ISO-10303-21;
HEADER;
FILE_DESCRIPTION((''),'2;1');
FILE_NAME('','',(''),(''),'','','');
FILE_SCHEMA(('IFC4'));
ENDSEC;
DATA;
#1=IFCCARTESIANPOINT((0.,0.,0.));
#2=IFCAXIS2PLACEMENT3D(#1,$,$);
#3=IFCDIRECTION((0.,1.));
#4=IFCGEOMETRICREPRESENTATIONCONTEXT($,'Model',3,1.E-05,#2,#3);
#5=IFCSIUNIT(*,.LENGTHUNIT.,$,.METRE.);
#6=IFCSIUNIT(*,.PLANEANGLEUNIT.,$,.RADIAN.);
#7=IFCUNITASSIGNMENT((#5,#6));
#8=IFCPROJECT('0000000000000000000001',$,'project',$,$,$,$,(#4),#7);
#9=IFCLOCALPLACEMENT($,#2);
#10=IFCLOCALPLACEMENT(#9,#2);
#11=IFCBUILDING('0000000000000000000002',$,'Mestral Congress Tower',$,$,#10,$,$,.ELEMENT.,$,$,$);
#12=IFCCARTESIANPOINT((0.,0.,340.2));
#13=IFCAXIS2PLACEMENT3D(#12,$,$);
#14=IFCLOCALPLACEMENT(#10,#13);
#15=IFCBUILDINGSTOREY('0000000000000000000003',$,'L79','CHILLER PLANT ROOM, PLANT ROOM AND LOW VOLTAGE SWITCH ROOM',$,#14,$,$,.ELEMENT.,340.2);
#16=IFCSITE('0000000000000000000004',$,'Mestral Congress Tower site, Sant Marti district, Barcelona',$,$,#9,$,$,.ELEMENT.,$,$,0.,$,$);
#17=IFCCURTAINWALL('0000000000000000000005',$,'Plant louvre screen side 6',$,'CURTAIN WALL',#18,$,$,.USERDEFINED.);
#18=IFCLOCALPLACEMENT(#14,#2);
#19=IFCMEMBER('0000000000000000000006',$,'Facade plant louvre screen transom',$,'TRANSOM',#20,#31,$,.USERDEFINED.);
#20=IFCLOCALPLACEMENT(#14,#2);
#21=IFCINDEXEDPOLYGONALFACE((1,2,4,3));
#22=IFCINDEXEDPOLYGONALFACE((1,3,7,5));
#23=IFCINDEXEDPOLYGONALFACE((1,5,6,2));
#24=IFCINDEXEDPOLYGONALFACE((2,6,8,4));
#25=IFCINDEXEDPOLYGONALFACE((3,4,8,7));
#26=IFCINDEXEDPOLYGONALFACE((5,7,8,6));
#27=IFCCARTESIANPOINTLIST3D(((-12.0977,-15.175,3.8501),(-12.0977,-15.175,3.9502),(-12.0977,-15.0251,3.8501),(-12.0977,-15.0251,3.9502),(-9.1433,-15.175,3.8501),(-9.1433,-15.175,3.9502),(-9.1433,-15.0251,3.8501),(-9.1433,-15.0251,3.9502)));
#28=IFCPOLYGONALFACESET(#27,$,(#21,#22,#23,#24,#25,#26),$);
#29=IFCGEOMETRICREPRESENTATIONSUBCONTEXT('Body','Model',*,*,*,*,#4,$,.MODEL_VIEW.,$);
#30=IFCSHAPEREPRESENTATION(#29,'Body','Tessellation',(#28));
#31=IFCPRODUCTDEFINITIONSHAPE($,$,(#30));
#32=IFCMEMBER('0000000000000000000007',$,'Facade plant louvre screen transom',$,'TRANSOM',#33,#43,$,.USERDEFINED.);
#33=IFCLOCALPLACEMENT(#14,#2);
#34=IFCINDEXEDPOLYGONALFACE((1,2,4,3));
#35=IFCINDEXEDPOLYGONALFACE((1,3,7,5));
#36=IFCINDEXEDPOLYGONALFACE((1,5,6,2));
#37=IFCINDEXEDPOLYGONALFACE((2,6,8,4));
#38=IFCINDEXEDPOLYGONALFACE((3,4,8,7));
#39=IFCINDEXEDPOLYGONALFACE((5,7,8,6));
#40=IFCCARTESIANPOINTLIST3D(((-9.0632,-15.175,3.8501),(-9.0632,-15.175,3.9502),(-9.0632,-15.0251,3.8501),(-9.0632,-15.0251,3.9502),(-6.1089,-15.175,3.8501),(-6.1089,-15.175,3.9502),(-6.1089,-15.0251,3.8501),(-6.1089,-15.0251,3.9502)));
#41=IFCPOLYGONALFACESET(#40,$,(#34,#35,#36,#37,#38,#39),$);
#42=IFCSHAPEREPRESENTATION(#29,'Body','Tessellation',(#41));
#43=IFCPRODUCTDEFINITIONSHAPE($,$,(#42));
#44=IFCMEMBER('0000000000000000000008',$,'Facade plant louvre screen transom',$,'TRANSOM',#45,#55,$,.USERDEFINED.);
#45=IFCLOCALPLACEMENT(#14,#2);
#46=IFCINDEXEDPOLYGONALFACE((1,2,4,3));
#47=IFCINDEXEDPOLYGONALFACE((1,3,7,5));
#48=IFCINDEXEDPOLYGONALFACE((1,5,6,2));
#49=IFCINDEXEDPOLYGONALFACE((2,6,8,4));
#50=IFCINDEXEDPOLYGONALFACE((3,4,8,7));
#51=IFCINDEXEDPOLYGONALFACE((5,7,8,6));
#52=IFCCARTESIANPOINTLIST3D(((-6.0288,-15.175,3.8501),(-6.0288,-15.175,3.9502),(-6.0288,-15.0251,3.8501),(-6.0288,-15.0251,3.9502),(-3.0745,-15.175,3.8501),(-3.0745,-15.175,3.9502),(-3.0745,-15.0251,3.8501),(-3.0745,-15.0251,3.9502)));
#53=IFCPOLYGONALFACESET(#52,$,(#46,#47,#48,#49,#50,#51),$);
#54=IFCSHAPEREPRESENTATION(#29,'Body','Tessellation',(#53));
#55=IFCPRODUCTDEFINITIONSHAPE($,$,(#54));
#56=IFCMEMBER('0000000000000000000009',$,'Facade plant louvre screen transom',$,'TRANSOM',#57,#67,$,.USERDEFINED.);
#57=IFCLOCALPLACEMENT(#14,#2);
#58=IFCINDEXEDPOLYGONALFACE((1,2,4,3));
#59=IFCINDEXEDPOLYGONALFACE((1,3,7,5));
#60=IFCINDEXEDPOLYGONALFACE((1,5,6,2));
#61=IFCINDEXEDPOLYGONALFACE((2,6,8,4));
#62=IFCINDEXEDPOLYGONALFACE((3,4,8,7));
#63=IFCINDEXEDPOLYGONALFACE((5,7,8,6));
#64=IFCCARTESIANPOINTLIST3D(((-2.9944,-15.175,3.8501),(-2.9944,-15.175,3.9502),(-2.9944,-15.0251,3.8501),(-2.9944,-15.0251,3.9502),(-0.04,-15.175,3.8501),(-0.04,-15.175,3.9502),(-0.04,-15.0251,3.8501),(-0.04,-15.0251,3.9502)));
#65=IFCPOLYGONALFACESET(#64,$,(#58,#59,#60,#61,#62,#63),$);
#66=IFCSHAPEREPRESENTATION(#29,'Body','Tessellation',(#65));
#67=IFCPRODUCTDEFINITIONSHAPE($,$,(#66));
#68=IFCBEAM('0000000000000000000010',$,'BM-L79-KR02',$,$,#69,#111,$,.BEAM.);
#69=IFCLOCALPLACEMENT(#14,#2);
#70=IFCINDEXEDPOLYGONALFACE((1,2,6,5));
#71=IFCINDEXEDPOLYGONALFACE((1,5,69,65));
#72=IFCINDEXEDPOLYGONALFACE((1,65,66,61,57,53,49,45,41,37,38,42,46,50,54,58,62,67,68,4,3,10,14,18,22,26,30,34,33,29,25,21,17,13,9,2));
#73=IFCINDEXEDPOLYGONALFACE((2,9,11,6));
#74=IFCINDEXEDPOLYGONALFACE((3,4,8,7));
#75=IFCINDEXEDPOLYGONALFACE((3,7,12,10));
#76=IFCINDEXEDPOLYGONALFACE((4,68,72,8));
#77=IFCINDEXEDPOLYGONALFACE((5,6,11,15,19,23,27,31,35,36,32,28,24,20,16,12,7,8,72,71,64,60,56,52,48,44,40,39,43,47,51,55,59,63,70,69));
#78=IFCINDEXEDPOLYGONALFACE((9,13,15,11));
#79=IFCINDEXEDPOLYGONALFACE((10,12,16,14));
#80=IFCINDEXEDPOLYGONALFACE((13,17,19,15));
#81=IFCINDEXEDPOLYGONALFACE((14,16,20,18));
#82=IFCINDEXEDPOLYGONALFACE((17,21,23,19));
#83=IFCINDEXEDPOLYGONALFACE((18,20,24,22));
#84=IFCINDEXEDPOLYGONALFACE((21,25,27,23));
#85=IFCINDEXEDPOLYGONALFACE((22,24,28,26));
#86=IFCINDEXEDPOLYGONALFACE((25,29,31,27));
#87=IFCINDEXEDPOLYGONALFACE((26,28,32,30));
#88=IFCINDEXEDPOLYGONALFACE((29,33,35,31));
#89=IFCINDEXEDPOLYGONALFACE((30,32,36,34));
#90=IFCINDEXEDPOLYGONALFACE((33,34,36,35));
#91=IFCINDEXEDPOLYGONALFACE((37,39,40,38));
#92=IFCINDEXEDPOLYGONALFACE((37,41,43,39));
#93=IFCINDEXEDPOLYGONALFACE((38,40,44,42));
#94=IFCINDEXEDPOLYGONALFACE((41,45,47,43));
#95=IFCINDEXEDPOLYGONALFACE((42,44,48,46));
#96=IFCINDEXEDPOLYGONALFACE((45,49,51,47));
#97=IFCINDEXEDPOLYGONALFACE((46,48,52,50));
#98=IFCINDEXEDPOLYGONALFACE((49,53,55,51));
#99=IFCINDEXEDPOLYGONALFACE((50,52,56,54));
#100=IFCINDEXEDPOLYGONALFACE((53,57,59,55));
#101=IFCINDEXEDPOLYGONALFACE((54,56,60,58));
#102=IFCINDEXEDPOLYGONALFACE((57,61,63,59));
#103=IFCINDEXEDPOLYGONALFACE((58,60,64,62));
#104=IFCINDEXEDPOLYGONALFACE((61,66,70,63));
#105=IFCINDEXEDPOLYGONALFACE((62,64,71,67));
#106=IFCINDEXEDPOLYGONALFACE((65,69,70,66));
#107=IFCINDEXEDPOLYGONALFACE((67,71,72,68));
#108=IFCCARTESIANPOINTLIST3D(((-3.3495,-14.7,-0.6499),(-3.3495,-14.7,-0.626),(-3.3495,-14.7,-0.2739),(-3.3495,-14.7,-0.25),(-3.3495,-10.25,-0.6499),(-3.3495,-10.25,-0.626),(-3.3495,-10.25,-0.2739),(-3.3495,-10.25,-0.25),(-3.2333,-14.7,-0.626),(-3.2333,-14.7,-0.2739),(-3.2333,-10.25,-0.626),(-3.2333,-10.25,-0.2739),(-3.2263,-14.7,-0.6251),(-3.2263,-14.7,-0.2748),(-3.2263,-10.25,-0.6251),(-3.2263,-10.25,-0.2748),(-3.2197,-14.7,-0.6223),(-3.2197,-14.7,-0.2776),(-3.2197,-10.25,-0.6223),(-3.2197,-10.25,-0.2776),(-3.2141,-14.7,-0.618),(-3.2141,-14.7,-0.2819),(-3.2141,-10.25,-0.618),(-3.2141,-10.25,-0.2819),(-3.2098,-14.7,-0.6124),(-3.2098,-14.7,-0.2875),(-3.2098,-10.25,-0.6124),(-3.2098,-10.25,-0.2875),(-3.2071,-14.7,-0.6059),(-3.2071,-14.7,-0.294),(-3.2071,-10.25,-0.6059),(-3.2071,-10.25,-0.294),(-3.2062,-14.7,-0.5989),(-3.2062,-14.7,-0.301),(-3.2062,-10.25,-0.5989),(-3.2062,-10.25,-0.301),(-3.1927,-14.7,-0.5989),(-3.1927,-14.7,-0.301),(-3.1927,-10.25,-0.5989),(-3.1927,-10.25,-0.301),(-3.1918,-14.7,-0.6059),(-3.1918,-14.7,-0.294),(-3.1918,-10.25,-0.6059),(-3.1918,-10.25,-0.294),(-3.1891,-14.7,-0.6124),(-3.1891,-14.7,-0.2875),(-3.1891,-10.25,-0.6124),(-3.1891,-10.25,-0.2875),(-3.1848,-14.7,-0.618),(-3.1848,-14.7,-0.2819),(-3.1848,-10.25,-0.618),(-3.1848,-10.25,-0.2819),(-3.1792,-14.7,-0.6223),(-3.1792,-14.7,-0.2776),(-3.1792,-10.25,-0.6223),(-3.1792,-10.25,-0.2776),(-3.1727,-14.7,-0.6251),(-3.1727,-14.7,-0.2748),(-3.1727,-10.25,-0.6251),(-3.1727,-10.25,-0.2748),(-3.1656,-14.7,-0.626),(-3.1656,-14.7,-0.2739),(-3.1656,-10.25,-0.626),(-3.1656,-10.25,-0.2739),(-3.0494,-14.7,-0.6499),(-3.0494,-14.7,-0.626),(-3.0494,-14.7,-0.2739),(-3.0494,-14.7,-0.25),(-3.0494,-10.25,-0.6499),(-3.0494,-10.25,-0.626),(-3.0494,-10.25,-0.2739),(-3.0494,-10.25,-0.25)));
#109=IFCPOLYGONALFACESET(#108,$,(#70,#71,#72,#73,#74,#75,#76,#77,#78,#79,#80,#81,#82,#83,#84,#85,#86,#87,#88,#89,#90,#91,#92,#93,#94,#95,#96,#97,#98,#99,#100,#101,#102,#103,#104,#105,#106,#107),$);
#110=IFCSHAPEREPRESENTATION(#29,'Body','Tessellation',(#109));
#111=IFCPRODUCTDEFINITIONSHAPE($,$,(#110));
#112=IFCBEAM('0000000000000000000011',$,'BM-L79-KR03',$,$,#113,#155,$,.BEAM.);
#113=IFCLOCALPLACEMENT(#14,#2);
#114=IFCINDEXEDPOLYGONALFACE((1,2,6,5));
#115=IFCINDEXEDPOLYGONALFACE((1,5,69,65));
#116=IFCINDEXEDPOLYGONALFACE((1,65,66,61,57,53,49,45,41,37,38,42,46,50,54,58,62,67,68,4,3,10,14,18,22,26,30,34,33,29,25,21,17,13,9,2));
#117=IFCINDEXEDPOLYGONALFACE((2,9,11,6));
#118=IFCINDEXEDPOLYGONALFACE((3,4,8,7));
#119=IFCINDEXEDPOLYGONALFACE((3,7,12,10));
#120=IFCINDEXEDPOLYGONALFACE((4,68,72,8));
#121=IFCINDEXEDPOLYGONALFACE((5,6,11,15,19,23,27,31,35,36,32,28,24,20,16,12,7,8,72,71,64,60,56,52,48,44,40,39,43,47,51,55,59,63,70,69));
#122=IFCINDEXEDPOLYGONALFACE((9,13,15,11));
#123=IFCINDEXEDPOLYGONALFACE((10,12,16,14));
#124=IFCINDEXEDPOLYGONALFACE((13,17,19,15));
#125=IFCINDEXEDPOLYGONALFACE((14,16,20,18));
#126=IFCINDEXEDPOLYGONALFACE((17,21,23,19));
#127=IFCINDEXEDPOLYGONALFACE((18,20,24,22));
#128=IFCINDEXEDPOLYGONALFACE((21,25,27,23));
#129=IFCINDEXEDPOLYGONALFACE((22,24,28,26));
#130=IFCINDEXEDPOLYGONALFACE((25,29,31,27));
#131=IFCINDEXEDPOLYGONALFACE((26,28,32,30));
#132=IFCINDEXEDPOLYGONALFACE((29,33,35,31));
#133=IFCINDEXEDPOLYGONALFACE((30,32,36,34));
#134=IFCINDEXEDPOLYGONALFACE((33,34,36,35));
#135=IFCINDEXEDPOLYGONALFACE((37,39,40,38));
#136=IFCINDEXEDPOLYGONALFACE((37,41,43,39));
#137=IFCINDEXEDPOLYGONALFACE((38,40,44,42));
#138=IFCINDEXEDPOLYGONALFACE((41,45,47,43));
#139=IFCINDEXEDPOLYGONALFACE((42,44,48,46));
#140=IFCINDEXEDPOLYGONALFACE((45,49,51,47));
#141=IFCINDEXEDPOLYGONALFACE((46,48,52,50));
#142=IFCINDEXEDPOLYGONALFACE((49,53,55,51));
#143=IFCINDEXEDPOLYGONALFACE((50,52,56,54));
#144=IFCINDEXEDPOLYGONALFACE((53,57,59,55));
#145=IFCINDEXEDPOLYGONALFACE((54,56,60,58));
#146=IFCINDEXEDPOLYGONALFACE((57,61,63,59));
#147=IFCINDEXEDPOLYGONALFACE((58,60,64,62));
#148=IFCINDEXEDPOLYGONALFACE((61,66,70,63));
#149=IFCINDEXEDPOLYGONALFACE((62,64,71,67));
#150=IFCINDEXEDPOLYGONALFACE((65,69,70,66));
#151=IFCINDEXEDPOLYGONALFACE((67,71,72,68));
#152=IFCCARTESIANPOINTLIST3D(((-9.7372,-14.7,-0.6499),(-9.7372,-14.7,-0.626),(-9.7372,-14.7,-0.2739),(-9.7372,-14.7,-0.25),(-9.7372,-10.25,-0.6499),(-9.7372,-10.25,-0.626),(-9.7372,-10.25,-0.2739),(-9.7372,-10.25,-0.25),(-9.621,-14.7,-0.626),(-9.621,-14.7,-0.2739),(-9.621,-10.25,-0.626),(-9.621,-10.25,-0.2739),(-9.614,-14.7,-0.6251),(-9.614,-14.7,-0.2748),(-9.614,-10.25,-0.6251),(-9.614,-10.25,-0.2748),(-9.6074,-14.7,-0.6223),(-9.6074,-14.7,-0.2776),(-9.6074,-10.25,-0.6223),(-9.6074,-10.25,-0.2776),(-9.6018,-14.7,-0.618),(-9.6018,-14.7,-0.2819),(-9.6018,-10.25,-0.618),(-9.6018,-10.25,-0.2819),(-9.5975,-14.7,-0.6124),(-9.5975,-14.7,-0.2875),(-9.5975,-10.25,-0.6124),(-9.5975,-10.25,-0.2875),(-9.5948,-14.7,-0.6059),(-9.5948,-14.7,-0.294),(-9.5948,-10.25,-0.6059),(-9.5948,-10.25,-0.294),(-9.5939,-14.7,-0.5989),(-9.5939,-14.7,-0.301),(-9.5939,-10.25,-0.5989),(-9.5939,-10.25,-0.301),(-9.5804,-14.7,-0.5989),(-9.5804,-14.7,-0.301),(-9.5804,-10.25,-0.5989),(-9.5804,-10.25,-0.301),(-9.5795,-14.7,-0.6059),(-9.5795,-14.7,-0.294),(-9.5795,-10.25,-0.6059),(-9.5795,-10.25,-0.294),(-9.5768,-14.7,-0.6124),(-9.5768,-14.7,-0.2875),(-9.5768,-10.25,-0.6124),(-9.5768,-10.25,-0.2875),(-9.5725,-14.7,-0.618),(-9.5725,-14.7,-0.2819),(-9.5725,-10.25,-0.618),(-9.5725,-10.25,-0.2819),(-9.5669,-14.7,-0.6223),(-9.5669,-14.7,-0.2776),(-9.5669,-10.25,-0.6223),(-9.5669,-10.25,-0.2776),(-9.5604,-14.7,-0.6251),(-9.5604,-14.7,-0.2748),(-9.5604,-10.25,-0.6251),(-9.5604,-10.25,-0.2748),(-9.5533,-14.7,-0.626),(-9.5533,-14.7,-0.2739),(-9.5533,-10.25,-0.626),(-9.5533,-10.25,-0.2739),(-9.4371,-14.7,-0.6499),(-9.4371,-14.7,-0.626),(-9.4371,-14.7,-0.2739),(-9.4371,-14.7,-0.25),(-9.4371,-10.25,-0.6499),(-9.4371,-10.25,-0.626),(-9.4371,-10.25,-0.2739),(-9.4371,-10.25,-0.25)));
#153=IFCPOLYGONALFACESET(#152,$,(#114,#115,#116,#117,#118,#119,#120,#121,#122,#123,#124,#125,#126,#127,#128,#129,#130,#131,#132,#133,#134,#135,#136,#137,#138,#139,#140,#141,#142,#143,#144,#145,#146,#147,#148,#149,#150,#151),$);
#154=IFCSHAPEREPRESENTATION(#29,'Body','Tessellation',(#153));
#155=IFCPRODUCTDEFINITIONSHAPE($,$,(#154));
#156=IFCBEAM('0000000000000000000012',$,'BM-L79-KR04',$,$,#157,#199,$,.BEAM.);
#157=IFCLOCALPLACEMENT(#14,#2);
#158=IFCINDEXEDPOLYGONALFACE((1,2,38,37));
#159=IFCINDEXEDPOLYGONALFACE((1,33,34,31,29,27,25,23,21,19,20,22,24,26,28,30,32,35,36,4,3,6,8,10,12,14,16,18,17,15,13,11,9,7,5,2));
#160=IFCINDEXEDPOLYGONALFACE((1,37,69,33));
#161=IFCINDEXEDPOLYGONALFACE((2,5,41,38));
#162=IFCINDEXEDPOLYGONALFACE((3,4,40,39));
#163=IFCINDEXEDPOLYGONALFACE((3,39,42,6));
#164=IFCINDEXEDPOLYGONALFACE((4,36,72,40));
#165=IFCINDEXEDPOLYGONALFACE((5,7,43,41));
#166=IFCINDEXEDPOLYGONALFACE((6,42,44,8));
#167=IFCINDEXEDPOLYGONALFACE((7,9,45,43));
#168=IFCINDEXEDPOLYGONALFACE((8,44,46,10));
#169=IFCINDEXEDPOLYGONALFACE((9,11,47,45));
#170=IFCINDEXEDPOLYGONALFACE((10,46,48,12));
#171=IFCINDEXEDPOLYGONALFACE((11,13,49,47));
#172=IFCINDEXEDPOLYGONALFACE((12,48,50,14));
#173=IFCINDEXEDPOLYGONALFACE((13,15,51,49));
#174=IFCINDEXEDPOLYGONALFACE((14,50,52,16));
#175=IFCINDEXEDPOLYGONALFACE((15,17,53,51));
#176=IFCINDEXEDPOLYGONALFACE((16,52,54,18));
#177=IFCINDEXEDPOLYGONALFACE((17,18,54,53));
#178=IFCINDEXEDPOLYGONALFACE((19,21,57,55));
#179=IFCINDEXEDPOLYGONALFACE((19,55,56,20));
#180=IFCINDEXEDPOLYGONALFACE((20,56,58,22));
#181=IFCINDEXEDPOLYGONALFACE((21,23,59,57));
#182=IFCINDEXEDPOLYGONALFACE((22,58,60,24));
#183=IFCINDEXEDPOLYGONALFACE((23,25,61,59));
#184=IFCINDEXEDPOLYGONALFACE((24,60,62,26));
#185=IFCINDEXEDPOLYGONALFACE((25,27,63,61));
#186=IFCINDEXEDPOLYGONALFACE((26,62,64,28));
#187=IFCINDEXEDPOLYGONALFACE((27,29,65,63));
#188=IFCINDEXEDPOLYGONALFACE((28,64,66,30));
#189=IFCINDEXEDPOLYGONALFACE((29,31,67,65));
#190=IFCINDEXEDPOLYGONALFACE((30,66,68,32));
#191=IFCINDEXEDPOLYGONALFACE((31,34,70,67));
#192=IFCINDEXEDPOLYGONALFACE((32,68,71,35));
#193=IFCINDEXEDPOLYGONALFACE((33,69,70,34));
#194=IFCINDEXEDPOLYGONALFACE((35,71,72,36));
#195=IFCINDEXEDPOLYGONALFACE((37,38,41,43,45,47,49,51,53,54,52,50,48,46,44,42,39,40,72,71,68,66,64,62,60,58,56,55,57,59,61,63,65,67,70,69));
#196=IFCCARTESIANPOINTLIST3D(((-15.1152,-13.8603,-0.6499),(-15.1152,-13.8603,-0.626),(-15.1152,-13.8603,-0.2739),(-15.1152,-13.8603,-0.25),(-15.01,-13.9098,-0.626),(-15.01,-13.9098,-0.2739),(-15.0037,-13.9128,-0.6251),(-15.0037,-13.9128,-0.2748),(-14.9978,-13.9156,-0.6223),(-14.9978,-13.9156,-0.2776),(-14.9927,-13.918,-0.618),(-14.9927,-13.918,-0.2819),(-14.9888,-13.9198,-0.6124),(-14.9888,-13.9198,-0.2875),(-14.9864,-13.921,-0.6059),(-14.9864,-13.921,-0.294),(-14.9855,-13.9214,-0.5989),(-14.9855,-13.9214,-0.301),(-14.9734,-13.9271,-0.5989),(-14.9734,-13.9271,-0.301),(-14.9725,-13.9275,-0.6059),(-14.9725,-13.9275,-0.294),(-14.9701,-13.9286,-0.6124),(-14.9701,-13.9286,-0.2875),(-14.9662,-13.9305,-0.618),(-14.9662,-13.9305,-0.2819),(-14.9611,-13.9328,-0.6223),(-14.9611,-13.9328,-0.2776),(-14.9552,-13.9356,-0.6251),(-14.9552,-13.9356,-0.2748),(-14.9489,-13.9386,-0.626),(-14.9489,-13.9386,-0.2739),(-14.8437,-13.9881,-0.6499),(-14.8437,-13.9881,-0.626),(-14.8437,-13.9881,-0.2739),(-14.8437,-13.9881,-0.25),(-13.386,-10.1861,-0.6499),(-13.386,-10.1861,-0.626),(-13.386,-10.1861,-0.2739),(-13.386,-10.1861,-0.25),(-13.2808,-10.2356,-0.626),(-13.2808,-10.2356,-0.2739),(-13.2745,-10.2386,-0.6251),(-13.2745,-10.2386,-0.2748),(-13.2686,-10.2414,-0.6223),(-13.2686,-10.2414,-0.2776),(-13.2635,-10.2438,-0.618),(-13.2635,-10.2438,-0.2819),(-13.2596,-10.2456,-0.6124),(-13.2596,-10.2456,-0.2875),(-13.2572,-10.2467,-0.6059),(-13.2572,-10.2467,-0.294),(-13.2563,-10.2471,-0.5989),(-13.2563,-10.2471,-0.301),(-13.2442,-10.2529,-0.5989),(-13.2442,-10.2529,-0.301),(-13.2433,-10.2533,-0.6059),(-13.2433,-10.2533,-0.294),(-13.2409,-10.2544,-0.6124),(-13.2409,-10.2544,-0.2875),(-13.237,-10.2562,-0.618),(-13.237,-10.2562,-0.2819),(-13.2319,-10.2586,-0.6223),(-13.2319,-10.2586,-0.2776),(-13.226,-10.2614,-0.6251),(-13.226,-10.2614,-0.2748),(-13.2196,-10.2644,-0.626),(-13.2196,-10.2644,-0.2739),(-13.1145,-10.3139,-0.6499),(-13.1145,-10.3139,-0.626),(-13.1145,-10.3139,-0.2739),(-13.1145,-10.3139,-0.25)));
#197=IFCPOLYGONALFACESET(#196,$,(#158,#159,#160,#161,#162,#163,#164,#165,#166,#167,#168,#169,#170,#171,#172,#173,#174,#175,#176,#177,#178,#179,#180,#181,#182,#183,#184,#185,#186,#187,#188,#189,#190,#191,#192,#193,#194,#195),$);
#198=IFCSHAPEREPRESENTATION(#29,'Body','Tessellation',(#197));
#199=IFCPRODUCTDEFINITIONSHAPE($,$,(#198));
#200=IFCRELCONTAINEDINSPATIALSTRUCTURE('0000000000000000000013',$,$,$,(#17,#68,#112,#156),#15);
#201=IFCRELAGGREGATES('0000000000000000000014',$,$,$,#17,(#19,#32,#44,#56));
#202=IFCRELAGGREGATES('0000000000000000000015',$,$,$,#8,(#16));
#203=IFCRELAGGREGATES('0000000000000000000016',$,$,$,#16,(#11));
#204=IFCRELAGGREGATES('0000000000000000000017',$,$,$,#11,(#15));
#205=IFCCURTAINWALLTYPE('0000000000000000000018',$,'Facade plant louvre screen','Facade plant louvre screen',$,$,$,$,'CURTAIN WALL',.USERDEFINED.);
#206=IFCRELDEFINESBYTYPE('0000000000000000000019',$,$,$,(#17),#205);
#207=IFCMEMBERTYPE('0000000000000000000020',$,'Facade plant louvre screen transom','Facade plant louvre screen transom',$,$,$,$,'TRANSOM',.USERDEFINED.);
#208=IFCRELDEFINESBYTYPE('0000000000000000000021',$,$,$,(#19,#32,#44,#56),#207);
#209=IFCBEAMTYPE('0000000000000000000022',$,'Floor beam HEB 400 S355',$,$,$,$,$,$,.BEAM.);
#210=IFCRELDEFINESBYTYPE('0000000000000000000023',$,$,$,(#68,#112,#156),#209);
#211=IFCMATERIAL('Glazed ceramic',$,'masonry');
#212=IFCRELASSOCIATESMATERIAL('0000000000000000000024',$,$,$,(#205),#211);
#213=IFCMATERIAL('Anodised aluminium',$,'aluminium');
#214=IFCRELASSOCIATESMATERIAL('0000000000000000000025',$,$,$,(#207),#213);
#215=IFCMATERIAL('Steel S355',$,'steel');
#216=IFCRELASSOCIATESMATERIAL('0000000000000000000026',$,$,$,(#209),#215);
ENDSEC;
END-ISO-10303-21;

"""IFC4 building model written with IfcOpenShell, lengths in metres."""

from ifc_helpers import new_model, si_unit, direction, frame, origin, origin_2d, place, context, subcontext, project, spatial, rectangle, i_section, extrude, material, material_profile, profile_set, type_object, element, aggregate, save


model = new_model("IFC4")

# Units and contexts
model_context = context("Model", 3, precision=1e-05, world=origin(), true_north=direction((0.0, 1.0)))
body_context = subcontext(model_context, "Body", "Model", "MODEL_VIEW")
ifc_project = project(units=[si_unit("LENGTHUNIT", "METRE"), si_unit("PLANEANGLEUNIT", "RADIAN")], contexts=[model_context])

# Site, building, storey
site_placement = place(None, origin())
site = spatial("IfcSite", under=ifc_project, at=site_placement, Name="Mestral Congress Tower site, Sant Marti district, Barcelona", CompositionType="ELEMENT", RefElevation=0.0)
building_placement = place(site_placement, origin())
building = spatial("IfcBuilding", under=site, at=building_placement, Name="Mestral Congress Tower", CompositionType="ELEMENT")
storey_placement = place(building_placement, frame((0.0, 0.0, 340.2)))
storey = spatial("IfcBuildingStorey", under=building, at=storey_placement, Name="L79", Description="CHILLER PLANT ROOM, PLANT ROOM AND LOW VOLTAGE SWITCH ROOM", CompositionType="ELEMENT", Elevation=340.2)

# Shared definitions
ifc_material_1 = material(Name="Steel S355", Category="steel")

# Shared definitions
ifc_material_2 = material(Name="Glazed ceramic", Category="masonry")
curtain_wall_type = type_object("IfcCurtainWallType", Name="Facade plant louvre screen", Description="Facade plant louvre screen", ElementType="CURTAIN WALL", PredefinedType="USERDEFINED", material=ifc_material_2)
placement = place(storey_placement, origin())
ifc_material_3 = material(Name="Anodised aluminium", Category="aluminium")

# Curtain wall, members
curtain_wall_1 = element("IfcCurtainWall", 1, at=placement, inside=storey, type_object=curtain_wall_type, Name="Plant louvre screen side 6", ObjectType="CURTAIN WALL", PredefinedType="USERDEFINED")
ifc_material_profile_1 = material_profile(ifc_material_3, rectangle(XDim=0.1499, YDim=0.1001, at=origin_2d()), Name="CW6 transom 150 x 100")
ifc_profile_set_1 = profile_set([ifc_material_profile_1], Name="Anodised aluminium")
member_type_1 = type_object("IfcMemberType", Name="Facade plant louvre screen transom", Description="Facade plant louvre screen transom", ElementType="TRANSOM", PredefinedType="USERDEFINED", material=ifc_profile_set_1)
member_1_placement = place(storey_placement, frame((-12.0977, -15.1001, 3.9001), z_axis=(1.0, 0.0, 0.0), x_axis=(0.0, 1.0, 0.0)))
member_1 = element("IfcMember", 2, at=member_1_placement, type_object=member_type_1, Name="Facade plant louvre screen transom", ObjectType="TRANSOM", PredefinedType="USERDEFINED", context=body_context, shape_type="SweptSolid", body=[
    extrude(rectangle(XDim=0.1499, YDim=0.1001, at=origin_2d()), origin(), (0.0, 0.0, 1.0), 2.9543),
])
member_2_placement = place(storey_placement, frame((-9.0632, -15.1001, 3.9001), z_axis=(1.0, 0.0, 0.0), x_axis=(0.0, 1.0, 0.0)))
member_2 = element("IfcMember", 3, at=member_2_placement, type_object=member_type_1, Name="Facade plant louvre screen transom", ObjectType="TRANSOM", PredefinedType="USERDEFINED", context=body_context, shape_type="SweptSolid", body=[
    extrude(rectangle(XDim=0.1499, YDim=0.1001, at=origin_2d()), origin(), (0.0, 0.0, 1.0), 2.9543),
])
member_3_placement = place(storey_placement, frame((-6.0288, -15.1001, 3.9001), z_axis=(1.0, 0.0, 0.0), x_axis=(0.0, 1.0, 0.0)))
member_3 = element("IfcMember", 4, at=member_3_placement, type_object=member_type_1, Name="Facade plant louvre screen transom", ObjectType="TRANSOM", PredefinedType="USERDEFINED", context=body_context, shape_type="SweptSolid", body=[
    extrude(rectangle(XDim=0.1499, YDim=0.1001, at=origin_2d()), origin(), (0.0, 0.0, 1.0), 2.9543),
])
member_4_placement = place(storey_placement, frame((-2.9944, -15.1001, 3.9001), z_axis=(1.0, 0.0, 0.0), x_axis=(0.0, 1.0, 0.0)))
member_4 = element("IfcMember", 5, at=member_4_placement, type_object=member_type_1, Name="Facade plant louvre screen transom", ObjectType="TRANSOM", PredefinedType="USERDEFINED", context=body_context, shape_type="SweptSolid", body=[
    extrude(rectangle(XDim=0.1499, YDim=0.1001, at=origin_2d()), origin(), (0.0, 0.0, 1.0), 2.9543),
])

# Beams
ifc_material_profile_2 = material_profile(ifc_material_1, i_section(OverallWidth=0.3, OverallDepth=0.3999, WebThickness=0.0134, FlangeThickness=0.0239, FilletRadius=0.0271, at=origin_2d()), Name="HEB 400")
ifc_profile_set_2 = profile_set([ifc_material_profile_2], Name="Steel S355")
beam_type_1 = type_object("IfcBeamType", Name="Floor beam HEB 400 S355", PredefinedType="BEAM", material=ifc_profile_set_2)
for number, where, z_axis, x_axis, name in (
    (6, (-3.1995, -10.25, -0.45), (0.0, -1.0, 0.0), (1.0, 0.0, 0.0), "BM-L79-KR02"),
    (7, (-9.5872, -10.25, -0.45), (0.0, -1.0, 0.0), (1.0, 0.0, 0.0), "BM-L79-KR03"),
):
    element("IfcBeam", number, at=place(storey_placement, frame(where, z_axis=z_axis, x_axis=x_axis)), inside=storey, type_object=beam_type_1, Name=name, PredefinedType="BEAM", context=body_context, shape_type="SweptSolid", body=[
        extrude(i_section(OverallWidth=0.3, OverallDepth=0.3999, WebThickness=0.0134, FlangeThickness=0.0239, FilletRadius=0.0271, at=origin_2d()), origin(), (0.0, 0.0, 1.0), 4.45),
    ])
beam_1_placement = place(storey_placement, frame((-13.2502, -10.25, -0.45), z_axis=(-0.425829, -0.904804, 0.0), x_axis=(0.904804, -0.425829, 0.0)))
element("IfcBeam", 8, at=beam_1_placement, inside=storey, type_object=beam_type_1, Name="BM-L79-KR04", PredefinedType="BEAM", context=body_context, shape_type="SweptSolid", body=[
    extrude(i_section(OverallWidth=0.3, OverallDepth=0.3999, WebThickness=0.0134, FlangeThickness=0.0239, FilletRadius=0.0271, at=origin_2d()), origin(), (0.0, 0.0, 1.0), 4.0608),
])

aggregate(curtain_wall_1, [member_1, member_2, member_3, member_4])

save(model, "model.ifc")
